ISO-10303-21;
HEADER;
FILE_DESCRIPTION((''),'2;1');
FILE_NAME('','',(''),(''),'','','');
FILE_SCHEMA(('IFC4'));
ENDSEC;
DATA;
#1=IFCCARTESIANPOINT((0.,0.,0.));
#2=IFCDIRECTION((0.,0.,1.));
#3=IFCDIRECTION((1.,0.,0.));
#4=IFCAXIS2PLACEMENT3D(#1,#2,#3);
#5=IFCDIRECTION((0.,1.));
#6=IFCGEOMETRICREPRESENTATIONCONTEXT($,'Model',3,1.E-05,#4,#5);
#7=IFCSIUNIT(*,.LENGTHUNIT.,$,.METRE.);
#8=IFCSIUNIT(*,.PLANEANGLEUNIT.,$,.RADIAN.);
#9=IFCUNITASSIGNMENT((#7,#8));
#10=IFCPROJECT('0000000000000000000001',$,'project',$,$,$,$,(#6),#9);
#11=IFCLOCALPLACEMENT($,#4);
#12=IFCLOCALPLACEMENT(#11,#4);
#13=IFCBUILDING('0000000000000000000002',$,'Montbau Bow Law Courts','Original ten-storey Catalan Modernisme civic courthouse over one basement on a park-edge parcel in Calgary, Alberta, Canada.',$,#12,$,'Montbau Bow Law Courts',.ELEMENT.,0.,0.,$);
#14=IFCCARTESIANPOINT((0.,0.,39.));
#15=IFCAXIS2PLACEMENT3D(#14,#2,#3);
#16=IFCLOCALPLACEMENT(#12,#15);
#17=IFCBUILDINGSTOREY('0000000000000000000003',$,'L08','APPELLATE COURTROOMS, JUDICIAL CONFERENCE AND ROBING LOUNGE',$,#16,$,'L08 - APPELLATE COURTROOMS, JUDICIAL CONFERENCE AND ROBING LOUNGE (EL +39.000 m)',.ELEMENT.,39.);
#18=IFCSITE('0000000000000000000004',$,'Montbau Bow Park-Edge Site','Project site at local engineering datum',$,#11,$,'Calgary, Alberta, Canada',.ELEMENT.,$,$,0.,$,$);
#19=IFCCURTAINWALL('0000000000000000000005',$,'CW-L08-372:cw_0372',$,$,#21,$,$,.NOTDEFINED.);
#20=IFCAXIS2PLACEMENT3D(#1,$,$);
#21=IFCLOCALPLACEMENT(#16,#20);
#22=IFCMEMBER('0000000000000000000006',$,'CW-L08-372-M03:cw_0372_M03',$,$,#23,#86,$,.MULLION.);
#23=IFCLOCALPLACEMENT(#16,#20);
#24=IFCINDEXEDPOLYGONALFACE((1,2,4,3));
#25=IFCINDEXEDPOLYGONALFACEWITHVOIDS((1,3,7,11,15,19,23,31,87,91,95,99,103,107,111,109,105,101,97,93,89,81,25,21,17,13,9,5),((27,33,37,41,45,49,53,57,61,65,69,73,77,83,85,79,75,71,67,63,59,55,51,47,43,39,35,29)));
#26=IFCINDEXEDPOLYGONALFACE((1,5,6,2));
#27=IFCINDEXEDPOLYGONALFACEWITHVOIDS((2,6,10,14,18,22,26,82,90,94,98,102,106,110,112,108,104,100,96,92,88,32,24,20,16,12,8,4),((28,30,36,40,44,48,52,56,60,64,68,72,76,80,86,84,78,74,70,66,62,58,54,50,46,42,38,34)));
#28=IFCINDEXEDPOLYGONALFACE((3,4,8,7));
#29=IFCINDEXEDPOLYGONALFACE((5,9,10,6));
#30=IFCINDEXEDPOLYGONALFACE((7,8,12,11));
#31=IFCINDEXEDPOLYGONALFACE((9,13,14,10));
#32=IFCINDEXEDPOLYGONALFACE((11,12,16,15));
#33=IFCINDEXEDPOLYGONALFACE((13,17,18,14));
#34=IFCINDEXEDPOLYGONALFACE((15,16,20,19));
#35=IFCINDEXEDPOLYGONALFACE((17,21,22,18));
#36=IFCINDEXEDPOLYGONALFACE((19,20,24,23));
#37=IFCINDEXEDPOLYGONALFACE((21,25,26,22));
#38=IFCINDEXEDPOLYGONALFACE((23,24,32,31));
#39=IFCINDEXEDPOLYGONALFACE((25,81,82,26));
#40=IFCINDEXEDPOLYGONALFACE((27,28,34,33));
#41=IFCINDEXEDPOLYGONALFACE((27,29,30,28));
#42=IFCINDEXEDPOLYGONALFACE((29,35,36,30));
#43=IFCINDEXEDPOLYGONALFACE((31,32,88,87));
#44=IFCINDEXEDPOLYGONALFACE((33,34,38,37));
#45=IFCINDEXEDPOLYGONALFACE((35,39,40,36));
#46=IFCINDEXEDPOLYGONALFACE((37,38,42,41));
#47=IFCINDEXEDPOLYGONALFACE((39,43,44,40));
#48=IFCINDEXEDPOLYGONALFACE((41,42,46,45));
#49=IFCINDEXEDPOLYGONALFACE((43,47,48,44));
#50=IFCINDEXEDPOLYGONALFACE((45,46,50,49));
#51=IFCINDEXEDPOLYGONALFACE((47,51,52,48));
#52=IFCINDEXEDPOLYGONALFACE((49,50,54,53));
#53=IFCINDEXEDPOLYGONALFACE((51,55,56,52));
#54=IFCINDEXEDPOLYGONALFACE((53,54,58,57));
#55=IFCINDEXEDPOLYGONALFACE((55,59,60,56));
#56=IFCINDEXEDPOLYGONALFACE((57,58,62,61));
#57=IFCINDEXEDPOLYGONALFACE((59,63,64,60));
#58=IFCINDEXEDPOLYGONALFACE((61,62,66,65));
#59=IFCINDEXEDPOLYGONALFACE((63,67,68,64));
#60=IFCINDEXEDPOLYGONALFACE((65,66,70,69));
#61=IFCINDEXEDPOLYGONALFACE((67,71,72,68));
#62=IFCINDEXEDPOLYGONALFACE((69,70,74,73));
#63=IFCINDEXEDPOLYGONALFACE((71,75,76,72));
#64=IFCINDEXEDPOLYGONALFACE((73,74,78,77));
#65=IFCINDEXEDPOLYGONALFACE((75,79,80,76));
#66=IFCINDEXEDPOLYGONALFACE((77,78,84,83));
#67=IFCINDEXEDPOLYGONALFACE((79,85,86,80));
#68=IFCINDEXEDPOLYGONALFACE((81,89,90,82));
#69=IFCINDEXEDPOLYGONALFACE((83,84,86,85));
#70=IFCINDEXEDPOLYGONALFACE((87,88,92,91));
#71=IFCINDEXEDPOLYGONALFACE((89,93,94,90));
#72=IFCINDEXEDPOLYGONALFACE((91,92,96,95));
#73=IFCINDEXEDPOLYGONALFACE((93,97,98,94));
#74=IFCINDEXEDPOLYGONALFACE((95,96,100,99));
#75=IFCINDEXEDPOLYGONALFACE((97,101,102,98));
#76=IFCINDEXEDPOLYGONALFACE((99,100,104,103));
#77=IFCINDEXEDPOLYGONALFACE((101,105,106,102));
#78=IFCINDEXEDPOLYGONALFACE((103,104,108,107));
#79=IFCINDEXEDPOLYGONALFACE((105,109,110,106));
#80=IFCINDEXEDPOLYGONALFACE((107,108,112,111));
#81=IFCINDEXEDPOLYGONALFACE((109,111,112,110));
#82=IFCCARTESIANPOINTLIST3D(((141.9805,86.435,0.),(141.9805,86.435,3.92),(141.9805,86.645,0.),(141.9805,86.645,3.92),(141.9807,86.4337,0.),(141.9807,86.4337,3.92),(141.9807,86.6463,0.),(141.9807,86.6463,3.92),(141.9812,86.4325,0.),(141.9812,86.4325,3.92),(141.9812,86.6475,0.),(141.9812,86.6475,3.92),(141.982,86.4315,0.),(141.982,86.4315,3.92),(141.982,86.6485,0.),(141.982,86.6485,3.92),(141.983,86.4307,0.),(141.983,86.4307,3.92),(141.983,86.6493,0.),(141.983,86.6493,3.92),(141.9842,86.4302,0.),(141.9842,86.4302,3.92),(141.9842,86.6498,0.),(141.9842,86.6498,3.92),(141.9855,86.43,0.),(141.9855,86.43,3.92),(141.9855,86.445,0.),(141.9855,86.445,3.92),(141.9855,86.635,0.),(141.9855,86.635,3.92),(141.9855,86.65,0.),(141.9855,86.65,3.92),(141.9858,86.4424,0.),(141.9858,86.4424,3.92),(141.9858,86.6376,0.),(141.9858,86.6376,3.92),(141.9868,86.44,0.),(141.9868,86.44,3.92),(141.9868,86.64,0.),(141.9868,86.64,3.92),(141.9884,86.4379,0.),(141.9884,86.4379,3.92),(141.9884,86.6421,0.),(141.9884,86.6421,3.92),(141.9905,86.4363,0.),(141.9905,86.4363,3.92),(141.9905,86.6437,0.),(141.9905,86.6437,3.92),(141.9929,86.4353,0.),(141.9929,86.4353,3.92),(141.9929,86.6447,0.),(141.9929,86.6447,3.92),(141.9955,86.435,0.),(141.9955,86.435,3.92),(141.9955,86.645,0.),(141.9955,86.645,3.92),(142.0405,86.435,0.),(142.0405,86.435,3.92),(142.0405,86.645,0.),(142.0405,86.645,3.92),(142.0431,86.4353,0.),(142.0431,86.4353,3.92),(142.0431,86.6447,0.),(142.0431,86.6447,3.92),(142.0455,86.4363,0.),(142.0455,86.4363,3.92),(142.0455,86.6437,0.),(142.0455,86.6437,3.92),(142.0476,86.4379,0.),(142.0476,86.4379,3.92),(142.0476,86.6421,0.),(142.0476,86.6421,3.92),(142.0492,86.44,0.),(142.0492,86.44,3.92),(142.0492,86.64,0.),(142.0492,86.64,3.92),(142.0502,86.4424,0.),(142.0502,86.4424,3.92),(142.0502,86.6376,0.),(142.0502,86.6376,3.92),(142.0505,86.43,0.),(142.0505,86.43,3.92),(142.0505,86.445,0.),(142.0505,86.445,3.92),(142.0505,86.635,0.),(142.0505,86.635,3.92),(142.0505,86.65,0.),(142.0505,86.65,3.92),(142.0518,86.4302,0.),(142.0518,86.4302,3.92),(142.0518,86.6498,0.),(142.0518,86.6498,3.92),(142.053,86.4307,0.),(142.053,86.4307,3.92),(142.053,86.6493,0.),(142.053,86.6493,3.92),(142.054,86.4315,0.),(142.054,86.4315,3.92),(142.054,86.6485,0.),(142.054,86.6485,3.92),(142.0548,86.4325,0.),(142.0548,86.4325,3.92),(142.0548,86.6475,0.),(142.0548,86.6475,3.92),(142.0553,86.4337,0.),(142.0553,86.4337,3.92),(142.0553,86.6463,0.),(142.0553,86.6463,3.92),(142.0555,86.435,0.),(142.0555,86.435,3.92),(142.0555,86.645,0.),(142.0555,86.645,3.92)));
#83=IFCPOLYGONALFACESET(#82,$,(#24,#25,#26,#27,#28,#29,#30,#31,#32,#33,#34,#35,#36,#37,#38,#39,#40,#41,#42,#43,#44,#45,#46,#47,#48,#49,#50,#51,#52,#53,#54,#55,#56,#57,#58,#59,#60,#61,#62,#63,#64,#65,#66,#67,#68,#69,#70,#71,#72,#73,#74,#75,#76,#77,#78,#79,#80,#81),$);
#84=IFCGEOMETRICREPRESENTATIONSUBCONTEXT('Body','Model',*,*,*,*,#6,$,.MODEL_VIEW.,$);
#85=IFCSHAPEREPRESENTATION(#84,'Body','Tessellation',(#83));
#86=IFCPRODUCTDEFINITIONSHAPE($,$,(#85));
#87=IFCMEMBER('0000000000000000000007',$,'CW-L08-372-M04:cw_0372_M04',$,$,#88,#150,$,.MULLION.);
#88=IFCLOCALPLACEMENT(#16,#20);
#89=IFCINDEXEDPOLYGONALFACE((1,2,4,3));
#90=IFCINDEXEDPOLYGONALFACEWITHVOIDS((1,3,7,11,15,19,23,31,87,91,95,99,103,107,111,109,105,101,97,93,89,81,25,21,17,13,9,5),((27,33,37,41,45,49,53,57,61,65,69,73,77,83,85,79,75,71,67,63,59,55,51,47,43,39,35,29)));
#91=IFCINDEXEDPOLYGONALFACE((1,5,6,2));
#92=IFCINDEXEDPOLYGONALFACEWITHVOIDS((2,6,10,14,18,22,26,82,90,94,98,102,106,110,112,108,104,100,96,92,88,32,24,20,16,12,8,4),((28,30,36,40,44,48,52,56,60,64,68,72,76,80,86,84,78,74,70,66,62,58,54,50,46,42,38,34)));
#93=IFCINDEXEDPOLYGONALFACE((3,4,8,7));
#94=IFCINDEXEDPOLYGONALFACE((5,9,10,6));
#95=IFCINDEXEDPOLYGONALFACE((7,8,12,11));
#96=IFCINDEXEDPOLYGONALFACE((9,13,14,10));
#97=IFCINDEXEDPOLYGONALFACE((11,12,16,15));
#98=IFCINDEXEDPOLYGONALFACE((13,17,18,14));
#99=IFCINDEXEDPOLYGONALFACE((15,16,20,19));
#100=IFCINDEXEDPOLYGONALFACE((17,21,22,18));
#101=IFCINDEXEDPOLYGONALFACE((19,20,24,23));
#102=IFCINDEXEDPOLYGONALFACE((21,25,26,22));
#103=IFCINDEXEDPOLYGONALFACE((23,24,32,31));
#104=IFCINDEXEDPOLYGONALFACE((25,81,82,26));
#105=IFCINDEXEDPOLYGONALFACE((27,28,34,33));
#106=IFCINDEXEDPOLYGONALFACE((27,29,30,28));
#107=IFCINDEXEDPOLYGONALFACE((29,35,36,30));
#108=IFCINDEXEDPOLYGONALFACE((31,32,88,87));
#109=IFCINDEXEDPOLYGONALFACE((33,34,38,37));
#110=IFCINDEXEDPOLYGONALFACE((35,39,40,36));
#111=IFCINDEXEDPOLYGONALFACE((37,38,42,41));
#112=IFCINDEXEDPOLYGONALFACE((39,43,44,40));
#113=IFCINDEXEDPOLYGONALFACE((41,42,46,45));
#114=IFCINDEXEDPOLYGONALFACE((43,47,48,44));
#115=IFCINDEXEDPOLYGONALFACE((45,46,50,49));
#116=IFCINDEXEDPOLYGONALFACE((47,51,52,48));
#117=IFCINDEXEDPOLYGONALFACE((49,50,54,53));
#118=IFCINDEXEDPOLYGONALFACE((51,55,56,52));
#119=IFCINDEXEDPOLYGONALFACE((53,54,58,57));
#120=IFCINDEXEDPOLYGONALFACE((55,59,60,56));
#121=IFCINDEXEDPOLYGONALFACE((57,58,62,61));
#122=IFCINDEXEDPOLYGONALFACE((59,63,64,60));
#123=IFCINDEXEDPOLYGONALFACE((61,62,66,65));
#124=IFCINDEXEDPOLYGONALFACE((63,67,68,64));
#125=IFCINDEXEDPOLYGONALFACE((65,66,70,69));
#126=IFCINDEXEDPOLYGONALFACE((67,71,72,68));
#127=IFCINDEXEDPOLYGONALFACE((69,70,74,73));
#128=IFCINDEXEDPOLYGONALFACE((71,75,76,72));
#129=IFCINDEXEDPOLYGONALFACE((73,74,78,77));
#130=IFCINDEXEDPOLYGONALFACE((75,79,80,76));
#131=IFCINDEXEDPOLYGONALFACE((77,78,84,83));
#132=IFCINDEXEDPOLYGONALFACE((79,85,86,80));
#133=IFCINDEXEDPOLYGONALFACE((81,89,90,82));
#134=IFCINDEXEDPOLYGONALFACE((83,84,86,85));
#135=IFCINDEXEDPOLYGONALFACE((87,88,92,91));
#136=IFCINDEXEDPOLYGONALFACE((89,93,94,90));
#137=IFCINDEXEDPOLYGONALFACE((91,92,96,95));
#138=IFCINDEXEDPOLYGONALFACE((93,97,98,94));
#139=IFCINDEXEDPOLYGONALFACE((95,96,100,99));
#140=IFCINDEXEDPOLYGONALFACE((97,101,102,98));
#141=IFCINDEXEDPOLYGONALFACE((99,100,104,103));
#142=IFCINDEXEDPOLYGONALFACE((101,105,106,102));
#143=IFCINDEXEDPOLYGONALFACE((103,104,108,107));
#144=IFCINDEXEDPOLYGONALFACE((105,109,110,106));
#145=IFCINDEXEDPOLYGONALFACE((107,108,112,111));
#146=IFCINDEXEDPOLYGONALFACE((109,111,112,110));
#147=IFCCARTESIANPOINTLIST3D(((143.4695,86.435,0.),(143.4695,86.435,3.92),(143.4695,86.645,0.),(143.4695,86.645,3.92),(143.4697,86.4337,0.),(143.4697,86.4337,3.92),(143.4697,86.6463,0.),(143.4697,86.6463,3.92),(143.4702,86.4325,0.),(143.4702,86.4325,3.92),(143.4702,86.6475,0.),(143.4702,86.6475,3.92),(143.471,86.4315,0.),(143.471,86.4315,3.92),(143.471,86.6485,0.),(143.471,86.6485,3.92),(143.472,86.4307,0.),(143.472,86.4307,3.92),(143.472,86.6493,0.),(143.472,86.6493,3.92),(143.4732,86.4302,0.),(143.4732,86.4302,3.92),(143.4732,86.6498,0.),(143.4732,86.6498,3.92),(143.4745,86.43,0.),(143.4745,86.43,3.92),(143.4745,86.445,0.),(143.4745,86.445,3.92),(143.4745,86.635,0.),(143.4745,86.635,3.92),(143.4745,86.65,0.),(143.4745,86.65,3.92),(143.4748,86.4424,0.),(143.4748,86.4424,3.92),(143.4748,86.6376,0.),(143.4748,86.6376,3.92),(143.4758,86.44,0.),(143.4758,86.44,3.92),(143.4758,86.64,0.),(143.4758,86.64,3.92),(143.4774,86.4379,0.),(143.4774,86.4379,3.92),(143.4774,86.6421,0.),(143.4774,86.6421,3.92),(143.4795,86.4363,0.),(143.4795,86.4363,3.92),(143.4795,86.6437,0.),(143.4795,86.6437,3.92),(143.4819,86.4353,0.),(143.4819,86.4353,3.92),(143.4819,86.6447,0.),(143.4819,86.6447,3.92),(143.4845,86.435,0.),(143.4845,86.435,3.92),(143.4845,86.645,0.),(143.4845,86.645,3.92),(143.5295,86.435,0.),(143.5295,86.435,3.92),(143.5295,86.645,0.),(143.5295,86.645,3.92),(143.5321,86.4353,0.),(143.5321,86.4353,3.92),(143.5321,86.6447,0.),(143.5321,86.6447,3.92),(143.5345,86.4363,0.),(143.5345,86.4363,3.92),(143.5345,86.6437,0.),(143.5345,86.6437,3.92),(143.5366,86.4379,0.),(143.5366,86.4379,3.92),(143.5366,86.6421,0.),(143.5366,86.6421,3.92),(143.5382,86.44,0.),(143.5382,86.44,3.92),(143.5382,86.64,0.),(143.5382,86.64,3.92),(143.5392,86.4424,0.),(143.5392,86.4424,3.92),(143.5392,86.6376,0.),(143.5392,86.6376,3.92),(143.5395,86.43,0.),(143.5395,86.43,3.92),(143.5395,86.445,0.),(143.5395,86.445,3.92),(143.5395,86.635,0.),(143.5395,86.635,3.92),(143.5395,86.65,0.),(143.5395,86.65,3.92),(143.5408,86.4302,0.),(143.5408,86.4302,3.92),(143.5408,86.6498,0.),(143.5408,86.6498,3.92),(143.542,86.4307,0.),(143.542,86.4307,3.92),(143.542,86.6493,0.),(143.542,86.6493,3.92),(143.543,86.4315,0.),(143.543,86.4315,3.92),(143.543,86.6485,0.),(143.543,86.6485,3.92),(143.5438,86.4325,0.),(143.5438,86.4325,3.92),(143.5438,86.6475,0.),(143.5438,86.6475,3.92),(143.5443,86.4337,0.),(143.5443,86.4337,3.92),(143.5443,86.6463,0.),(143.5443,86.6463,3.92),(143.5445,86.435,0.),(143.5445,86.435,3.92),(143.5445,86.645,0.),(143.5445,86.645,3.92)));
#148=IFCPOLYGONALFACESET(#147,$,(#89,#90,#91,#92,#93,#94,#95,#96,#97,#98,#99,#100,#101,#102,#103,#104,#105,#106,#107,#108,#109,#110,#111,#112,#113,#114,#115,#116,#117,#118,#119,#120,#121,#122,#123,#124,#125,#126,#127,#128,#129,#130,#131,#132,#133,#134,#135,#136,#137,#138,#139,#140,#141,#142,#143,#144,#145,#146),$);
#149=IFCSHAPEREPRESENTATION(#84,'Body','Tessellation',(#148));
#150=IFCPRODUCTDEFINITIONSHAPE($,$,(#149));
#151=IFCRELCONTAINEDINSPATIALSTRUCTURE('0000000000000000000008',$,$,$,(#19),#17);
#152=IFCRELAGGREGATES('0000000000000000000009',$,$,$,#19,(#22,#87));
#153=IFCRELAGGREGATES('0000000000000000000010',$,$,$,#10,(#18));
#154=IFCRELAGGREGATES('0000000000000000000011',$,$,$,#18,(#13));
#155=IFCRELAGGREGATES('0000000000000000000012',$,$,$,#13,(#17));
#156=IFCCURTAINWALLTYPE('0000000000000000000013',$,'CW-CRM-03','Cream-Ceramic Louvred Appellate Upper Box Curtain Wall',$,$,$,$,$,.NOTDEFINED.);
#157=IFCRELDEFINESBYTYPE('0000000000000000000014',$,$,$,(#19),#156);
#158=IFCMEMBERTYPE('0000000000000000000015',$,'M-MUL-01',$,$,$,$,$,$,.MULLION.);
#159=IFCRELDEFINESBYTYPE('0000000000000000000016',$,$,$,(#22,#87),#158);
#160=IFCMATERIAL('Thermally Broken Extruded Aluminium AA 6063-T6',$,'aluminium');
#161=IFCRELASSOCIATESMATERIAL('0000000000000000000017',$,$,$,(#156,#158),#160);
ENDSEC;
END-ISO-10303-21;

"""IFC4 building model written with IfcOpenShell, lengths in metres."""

from ifc_helpers import new_model, si_unit, direction, frame, origin_with_axes, origin_2d_with_axis, place, context, subcontext, project, spatial, hollow_rectangle, extrude, material, material_profile, profile_set, type_object, element, aggregate, save


model = new_model("IFC4")

# Units and contexts
model_context = context("Model", 3, precision=1e-05, world=origin_with_axes(), true_north=direction((0.0, 1.0)))
body_context = subcontext(model_context, "Body", "Model", "MODEL_VIEW")
ifc_project = project(units=[si_unit("LENGTHUNIT", "METRE"), si_unit("PLANEANGLEUNIT", "RADIAN")], contexts=[model_context])

# Site, building, storey
site_placement = place(None, origin_with_axes())
site = spatial("IfcSite", under=ifc_project, at=site_placement, Name="Montbau Bow Park-Edge Site", Description="Project site at local engineering datum", LongName="Calgary, Alberta, Canada", CompositionType="ELEMENT", RefElevation=0.0)
building_placement = place(site_placement, origin_with_axes())
building = spatial("IfcBuilding", under=site, at=building_placement, Name="Montbau Bow Law Courts", Description="Original ten-storey Catalan Modernisme civic courthouse over one basement on a park-edge parcel in Calgary, Alberta, Canada.", LongName="Montbau Bow Law Courts", CompositionType="ELEMENT", ElevationOfRefHeight=0.0, ElevationOfTerrain=0.0)
storey_placement = place(building_placement, frame((0.0, 0.0, 39.0), z_axis=(0.0, 0.0, 1.0), x_axis=(1.0, 0.0, 0.0)))
storey = spatial("IfcBuildingStorey", under=building, at=storey_placement, Name="L08", Description="APPELLATE COURTROOMS, JUDICIAL CONFERENCE AND ROBING LOUNGE", LongName="L08 - APPELLATE COURTROOMS, JUDICIAL CONFERENCE AND ROBING LOUNGE (EL +39.000 m)", CompositionType="ELEMENT", Elevation=39.0)

# Curtain wall, members
ifc_material_1 = material(Name="Thermally Broken Extruded Aluminium AA 6063-T6", Category="aluminium")
curtain_wall_type = type_object("IfcCurtainWallType", Name="CW-CRM-03", Description="Cream-Ceramic Louvred Appellate Upper Box Curtain Wall", PredefinedType="NOTDEFINED", material=ifc_material_1)
curtain_wall_placement = place(None, frame((139.04, 86.54, 39.0), z_axis=(0.0, 0.0, 1.0), x_axis=(1.0, 0.0, 0.0)))
curtain_wall = element("IfcCurtainWall", 1, at=curtain_wall_placement, inside=storey, type_object=curtain_wall_type, Name="CW-L08-372:cw_0372", PredefinedType="NOTDEFINED")
ifc_material_profile_1 = material_profile(ifc_material_1, hollow_rectangle(XDim=0.075, YDim=0.22, WallThickness=0.005, InnerFilletRadius=0.01, OuterFilletRadius=0.005, at=origin_2d_with_axis()), Name="CWM-220X75", Category="Main", Priority=0)
ifc_profile_set_1 = profile_set([ifc_material_profile_1], Name="Thermally Broken Extruded Aluminium AA 6063-T6")
member_type_1 = type_object("IfcMemberType", Name="M-MUL-01", PredefinedType="MULLION", material=ifc_profile_set_1)
member_1_placement = place(None, frame((142.018, 86.54, 39.0), z_axis=(0.0, 0.0, 1.0), x_axis=(1.0, 0.0, 0.0)))
member_1 = element("IfcMember", 2, at=member_1_placement, type_object=member_type_1, Name="CW-L08-372-M03:cw_0372_M03", PredefinedType="MULLION", context=body_context, shape_type="SweptSolid", body=[
    extrude(hollow_rectangle(XDim=0.075, YDim=0.22, WallThickness=0.005, InnerFilletRadius=0.01, OuterFilletRadius=0.005, at=origin_2d_with_axis()), origin_with_axes(), (0.0, 0.0, 1.0), 3.92),
])
member_2_placement = place(None, frame((143.507, 86.54, 39.0), z_axis=(0.0, 0.0, 1.0), x_axis=(1.0, 0.0, 0.0)))
member_2 = element("IfcMember", 3, at=member_2_placement, type_object=member_type_1, Name="CW-L08-372-M04:cw_0372_M04", PredefinedType="MULLION", context=body_context, shape_type="SweptSolid", body=[
    extrude(hollow_rectangle(XDim=0.075, YDim=0.22, WallThickness=0.005, InnerFilletRadius=0.01, OuterFilletRadius=0.005, at=origin_2d_with_axis()), origin_with_axes(), (0.0, 0.0, 1.0), 3.92),
])
aggregate(curtain_wall, [member_1, member_2])

save(model, "model.ifc")
